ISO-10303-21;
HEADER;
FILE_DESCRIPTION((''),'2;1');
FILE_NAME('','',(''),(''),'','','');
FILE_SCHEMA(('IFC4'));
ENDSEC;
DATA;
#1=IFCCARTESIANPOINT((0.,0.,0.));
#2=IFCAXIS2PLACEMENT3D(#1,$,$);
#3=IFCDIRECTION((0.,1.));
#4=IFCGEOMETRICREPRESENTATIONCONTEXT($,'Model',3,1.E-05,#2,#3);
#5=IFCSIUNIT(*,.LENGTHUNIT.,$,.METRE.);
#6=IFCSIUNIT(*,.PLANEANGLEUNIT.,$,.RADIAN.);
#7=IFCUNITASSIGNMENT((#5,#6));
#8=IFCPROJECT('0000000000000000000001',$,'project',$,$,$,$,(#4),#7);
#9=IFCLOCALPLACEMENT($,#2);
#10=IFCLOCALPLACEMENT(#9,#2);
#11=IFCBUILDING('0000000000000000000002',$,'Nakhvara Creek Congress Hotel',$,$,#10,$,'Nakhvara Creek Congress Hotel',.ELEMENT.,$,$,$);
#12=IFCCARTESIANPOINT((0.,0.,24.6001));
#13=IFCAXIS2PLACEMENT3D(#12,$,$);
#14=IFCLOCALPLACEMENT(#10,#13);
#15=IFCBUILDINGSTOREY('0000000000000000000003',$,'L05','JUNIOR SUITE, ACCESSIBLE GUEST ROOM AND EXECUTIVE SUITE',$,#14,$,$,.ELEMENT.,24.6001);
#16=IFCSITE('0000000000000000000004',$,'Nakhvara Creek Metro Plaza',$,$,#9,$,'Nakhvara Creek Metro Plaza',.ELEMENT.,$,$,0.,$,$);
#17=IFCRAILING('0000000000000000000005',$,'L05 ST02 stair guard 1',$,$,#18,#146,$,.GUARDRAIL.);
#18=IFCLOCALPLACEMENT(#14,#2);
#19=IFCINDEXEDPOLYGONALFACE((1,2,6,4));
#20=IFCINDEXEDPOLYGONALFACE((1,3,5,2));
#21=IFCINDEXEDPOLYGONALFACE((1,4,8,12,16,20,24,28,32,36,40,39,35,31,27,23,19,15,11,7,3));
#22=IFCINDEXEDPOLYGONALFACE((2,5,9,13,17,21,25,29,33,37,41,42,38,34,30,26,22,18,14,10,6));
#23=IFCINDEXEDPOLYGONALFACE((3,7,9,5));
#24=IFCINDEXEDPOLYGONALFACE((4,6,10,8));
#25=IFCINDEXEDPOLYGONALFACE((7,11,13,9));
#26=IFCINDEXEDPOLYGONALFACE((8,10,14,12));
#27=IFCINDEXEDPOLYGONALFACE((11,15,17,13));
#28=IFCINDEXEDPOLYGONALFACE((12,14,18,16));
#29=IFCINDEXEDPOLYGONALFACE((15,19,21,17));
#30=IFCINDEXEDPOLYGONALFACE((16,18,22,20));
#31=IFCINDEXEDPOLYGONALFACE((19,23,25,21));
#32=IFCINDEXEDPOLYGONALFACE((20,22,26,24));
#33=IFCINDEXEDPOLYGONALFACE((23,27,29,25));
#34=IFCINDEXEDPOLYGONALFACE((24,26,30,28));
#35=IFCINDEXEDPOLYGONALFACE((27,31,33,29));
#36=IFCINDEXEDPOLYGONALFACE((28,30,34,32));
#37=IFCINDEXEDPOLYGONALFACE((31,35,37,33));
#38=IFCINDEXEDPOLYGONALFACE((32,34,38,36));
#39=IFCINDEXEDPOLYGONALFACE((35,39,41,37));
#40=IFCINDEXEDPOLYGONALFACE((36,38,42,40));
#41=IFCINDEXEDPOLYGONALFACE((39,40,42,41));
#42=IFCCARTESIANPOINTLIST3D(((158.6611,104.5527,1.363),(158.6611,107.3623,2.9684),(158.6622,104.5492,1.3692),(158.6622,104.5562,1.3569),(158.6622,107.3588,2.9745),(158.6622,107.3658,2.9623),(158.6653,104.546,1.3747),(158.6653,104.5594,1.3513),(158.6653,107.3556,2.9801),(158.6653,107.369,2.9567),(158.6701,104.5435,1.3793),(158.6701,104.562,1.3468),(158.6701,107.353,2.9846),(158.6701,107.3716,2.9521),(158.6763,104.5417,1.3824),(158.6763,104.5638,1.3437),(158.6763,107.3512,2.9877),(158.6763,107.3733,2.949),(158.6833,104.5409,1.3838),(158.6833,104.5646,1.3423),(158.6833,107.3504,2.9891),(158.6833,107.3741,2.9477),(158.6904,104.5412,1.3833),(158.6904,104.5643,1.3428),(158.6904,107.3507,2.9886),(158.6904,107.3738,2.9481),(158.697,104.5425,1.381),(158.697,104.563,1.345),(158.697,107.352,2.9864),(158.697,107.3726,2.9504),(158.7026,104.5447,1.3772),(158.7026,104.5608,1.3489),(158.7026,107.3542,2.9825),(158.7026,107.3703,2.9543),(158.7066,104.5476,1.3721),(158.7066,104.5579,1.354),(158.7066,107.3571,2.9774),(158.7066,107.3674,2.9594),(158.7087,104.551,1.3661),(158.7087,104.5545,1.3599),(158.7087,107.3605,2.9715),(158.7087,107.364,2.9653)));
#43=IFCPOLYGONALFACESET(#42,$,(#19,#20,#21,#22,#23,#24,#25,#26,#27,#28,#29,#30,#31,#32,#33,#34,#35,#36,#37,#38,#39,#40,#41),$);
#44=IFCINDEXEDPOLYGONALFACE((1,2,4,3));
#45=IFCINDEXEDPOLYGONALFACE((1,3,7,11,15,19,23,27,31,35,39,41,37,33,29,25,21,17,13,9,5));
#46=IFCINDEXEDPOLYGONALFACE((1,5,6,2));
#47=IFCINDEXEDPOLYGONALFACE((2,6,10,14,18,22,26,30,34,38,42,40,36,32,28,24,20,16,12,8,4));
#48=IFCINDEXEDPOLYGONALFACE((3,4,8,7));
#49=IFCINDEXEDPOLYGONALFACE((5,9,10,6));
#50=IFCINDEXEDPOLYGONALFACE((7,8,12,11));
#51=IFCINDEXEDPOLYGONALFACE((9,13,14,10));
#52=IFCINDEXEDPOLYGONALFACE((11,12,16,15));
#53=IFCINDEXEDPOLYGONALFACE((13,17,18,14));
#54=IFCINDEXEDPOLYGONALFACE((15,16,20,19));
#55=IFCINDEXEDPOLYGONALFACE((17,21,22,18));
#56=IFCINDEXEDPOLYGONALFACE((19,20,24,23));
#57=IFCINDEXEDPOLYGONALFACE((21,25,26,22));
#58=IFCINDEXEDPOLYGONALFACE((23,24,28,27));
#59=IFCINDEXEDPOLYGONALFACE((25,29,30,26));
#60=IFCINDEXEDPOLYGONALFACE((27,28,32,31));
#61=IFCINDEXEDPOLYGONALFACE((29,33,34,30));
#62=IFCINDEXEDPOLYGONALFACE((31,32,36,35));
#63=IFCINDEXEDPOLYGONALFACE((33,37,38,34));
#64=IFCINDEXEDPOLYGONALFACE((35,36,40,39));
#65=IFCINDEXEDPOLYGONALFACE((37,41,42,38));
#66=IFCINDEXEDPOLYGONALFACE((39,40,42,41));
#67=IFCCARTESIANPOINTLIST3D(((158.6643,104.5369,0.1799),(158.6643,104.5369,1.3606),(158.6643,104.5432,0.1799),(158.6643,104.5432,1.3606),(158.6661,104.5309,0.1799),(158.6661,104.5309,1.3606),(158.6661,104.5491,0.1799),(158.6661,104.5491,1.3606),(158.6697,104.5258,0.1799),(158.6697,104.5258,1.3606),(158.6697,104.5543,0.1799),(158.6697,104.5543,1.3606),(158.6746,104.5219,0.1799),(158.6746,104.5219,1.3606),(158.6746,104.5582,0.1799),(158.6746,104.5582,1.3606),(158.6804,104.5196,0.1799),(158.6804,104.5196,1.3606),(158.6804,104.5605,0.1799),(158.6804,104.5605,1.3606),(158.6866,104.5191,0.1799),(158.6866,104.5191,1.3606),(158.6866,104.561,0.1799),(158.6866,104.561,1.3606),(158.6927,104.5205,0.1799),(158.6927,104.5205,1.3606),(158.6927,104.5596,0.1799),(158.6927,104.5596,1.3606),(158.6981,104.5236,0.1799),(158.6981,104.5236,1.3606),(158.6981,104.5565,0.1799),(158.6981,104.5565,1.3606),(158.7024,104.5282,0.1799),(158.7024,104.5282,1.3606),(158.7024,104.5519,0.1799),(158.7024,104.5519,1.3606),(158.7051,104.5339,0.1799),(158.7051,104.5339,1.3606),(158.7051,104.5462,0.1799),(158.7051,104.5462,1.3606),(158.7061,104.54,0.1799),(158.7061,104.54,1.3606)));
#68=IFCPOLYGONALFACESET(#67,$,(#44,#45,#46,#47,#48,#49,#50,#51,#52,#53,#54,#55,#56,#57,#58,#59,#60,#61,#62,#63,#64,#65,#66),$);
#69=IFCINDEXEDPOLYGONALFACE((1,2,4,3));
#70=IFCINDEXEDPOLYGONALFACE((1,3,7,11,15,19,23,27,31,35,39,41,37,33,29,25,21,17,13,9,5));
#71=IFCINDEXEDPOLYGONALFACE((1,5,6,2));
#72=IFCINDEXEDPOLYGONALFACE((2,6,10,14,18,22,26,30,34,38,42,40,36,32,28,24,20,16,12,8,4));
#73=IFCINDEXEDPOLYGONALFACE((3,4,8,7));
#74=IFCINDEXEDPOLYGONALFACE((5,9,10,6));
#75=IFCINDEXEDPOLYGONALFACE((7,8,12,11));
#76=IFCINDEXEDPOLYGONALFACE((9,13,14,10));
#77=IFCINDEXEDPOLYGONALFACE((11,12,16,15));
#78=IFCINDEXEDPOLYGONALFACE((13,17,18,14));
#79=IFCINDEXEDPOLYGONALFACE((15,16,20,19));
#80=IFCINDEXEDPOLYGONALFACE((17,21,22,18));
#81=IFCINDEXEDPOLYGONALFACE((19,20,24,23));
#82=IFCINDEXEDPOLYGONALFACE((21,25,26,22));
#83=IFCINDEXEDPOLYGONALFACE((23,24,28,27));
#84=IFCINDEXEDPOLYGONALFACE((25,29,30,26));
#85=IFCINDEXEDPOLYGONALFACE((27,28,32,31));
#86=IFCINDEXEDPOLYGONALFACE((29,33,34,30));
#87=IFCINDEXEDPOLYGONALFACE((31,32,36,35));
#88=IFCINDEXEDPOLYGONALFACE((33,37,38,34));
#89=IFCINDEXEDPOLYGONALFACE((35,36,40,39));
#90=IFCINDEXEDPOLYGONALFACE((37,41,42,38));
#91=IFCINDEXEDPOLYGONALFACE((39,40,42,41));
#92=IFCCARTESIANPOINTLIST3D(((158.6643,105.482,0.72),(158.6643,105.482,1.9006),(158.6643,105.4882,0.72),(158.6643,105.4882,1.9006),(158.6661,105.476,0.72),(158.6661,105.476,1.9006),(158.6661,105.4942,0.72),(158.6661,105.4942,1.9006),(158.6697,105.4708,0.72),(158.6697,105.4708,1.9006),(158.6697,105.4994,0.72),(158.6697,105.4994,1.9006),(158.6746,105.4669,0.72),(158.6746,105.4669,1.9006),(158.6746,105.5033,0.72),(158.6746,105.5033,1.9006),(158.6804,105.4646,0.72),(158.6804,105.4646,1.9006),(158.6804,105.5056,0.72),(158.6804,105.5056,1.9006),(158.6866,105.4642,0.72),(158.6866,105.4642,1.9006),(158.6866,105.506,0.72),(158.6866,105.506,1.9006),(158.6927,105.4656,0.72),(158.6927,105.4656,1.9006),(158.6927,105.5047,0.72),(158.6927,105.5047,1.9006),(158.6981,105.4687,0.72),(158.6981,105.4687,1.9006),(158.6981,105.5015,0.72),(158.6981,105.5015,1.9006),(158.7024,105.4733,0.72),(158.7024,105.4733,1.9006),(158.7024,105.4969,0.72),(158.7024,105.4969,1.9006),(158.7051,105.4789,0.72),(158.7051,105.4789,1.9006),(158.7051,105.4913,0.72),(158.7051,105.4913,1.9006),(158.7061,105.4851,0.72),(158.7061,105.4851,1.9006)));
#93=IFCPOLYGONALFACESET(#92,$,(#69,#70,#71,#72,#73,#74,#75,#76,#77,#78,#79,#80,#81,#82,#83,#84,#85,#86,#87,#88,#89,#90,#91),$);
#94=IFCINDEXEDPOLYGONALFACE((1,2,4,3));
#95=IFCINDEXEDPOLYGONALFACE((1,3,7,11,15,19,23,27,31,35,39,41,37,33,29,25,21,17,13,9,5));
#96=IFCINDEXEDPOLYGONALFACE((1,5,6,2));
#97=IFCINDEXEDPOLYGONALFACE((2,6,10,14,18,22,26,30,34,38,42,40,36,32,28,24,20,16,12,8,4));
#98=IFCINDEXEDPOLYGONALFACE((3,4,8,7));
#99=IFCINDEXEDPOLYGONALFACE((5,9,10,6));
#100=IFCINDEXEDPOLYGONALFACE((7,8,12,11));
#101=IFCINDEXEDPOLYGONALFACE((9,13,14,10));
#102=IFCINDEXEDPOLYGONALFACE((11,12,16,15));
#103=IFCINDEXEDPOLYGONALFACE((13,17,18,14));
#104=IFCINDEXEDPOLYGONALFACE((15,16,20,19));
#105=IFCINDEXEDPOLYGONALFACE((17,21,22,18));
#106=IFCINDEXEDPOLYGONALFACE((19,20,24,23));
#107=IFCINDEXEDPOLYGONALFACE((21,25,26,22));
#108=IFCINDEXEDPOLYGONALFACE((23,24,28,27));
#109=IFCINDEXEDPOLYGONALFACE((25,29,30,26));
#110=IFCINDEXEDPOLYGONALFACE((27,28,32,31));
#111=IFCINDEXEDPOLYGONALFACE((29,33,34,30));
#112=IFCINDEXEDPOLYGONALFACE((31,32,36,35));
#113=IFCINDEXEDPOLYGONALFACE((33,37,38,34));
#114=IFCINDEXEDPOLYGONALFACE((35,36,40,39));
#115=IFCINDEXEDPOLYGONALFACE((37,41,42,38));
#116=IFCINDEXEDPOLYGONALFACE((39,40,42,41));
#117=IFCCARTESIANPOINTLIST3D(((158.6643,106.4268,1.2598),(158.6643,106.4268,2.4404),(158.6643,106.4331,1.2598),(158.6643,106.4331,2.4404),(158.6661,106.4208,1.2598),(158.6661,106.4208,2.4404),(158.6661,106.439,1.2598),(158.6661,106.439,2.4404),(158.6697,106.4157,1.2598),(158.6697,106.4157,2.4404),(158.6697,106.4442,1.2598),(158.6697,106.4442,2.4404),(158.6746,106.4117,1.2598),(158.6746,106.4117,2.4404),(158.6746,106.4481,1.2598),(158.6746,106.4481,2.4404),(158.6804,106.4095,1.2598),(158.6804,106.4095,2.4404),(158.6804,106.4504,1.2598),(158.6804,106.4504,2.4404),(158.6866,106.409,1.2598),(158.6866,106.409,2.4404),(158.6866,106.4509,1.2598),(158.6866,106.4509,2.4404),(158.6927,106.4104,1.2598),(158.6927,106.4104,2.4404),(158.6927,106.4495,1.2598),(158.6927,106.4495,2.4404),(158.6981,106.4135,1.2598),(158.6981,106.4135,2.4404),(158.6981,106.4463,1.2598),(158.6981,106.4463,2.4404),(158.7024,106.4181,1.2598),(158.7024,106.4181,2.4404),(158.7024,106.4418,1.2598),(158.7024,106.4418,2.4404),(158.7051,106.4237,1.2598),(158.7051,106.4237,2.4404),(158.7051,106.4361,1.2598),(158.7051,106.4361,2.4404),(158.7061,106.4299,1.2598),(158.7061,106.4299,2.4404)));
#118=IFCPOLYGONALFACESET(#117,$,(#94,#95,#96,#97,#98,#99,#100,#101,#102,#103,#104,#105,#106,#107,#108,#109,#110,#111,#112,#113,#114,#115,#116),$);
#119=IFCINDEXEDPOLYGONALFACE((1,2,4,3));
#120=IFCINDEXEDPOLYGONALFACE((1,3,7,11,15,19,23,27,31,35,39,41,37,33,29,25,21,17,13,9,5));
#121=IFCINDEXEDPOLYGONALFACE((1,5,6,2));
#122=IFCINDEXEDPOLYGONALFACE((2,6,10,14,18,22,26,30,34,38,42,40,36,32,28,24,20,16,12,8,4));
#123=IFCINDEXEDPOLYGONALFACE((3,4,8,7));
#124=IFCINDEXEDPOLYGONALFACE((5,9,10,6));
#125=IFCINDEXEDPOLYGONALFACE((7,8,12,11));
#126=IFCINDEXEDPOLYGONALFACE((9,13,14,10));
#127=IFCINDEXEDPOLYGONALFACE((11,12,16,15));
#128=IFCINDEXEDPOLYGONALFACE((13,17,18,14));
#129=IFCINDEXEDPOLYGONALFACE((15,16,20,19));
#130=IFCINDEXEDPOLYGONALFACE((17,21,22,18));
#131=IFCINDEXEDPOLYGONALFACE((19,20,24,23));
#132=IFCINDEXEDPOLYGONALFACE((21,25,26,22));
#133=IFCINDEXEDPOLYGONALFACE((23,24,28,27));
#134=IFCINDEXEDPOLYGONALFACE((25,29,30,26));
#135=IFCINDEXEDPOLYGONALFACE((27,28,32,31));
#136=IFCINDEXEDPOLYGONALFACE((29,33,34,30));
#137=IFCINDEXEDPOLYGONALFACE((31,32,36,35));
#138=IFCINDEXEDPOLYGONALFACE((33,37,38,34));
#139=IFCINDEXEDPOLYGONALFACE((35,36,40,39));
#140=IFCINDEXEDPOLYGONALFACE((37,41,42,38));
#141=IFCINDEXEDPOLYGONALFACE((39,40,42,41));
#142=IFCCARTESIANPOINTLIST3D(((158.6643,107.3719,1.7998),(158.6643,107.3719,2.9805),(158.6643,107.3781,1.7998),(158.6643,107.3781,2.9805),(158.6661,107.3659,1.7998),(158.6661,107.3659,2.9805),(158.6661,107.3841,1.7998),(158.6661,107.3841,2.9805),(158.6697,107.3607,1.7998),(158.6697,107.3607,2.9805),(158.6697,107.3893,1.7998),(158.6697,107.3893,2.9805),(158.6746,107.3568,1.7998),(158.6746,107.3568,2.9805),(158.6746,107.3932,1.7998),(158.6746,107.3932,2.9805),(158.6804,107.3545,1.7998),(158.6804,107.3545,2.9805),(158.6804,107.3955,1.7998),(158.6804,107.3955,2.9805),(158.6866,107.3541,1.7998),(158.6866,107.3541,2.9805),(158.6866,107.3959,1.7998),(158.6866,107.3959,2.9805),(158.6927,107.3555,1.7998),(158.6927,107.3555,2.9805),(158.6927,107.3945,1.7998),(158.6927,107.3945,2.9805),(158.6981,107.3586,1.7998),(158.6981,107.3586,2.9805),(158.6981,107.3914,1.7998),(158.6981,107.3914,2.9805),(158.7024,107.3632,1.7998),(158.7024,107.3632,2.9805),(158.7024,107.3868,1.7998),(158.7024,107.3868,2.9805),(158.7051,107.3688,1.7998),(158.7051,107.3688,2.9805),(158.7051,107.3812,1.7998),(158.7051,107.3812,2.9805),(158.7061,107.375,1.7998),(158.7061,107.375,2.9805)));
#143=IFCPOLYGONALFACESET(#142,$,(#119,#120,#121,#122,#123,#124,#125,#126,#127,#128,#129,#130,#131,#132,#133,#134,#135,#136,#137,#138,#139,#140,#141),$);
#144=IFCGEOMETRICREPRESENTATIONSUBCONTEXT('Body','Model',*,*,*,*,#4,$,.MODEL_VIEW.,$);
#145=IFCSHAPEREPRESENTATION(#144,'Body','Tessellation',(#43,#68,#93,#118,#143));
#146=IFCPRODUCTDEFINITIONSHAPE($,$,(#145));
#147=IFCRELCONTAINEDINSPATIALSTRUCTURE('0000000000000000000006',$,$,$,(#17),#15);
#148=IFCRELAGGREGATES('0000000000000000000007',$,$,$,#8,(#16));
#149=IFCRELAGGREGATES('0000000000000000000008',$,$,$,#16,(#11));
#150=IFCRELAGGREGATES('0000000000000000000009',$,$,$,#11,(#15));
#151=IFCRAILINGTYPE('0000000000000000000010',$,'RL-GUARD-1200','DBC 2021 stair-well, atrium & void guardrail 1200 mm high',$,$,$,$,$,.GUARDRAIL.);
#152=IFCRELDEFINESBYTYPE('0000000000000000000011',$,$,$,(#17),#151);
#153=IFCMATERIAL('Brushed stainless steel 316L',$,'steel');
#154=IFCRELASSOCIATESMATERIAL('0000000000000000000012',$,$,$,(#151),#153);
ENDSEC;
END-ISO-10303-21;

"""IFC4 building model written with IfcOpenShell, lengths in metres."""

from ifc_helpers import new_model, si_unit, direction, frame, origin, origin_2d, place, context, subcontext, project, spatial, circle, extrude, material, type_object, element, save


model = new_model("IFC4")

# Units and contexts
model_context = context("Model", 3, precision=1e-05, world=origin(), true_north=direction((0.0, 1.0)))
body_context = subcontext(model_context, "Body", "Model", "MODEL_VIEW")
ifc_project = project(units=[si_unit("LENGTHUNIT", "METRE"), si_unit("PLANEANGLEUNIT", "RADIAN")], contexts=[model_context])

# Site, building, storey
site_placement = place(None, origin())
site = spatial("IfcSite", under=ifc_project, at=site_placement, Name="Nakhvara Creek Metro Plaza", LongName="Nakhvara Creek Metro Plaza", CompositionType="ELEMENT", RefElevation=0.0)
building_placement = place(site_placement, origin())
building = spatial("IfcBuilding", under=site, at=building_placement, Name="Nakhvara Creek Congress Hotel", LongName="Nakhvara Creek Congress Hotel", CompositionType="ELEMENT")
storey_placement = place(building_placement, frame((0.0, 0.0, 24.6001)))
storey = spatial("IfcBuildingStorey", under=building, at=storey_placement, Name="L05", Description="JUNIOR SUITE, ACCESSIBLE GUEST ROOM AND EXECUTIVE SUITE", CompositionType="ELEMENT", Elevation=24.6001)

# Railing
ifc_material_1 = material(Name="Brushed stainless steel 316L", Category="steel")
railing_type_1 = type_object("IfcRailingType", Name="RL-GUARD-1200", Description="DBC 2021 stair-well, atrium & void guardrail 1200 mm high", PredefinedType="GUARDRAIL", material=ifc_material_1)
railing_1_placement = place(storey_placement, frame((158.6851, 104.54, 0.1799)))
element("IfcRailing", 1, at=railing_1_placement, inside=storey, type_object=railing_type_1, Name="L05 ST02 stair guard 1", PredefinedType="GUARDRAIL", context=body_context, shape_type="SweptSolid", body=[
    extrude(circle(Radius=0.0239, at=origin_2d()), frame((0.0, 0.0127, 1.1831), z_axis=(0.0, 0.868257, 0.496115), x_axis=(-1.0, 0.0, 0.0)), (0.0, 0.0, 1.0), 3.2358),
    extrude(circle(Radius=0.021, at=origin_2d()), origin(), (0.0, 0.0, 1.0), 1.1807),
    extrude(circle(Radius=0.021, at=origin_2d()), frame((0.0, 0.9451, 0.54)), (0.0, 0.0, 1.0), 1.1807),
    extrude(circle(Radius=0.021, at=origin_2d()), frame((0.0, 1.8899, 1.0798)), (0.0, 0.0, 1.0), 1.1807),
    extrude(circle(Radius=0.021, at=origin_2d()), frame((0.0, 2.835, 1.6199)), (0.0, 0.0, 1.0), 1.1807),
])

save(model, "model.ifc")
